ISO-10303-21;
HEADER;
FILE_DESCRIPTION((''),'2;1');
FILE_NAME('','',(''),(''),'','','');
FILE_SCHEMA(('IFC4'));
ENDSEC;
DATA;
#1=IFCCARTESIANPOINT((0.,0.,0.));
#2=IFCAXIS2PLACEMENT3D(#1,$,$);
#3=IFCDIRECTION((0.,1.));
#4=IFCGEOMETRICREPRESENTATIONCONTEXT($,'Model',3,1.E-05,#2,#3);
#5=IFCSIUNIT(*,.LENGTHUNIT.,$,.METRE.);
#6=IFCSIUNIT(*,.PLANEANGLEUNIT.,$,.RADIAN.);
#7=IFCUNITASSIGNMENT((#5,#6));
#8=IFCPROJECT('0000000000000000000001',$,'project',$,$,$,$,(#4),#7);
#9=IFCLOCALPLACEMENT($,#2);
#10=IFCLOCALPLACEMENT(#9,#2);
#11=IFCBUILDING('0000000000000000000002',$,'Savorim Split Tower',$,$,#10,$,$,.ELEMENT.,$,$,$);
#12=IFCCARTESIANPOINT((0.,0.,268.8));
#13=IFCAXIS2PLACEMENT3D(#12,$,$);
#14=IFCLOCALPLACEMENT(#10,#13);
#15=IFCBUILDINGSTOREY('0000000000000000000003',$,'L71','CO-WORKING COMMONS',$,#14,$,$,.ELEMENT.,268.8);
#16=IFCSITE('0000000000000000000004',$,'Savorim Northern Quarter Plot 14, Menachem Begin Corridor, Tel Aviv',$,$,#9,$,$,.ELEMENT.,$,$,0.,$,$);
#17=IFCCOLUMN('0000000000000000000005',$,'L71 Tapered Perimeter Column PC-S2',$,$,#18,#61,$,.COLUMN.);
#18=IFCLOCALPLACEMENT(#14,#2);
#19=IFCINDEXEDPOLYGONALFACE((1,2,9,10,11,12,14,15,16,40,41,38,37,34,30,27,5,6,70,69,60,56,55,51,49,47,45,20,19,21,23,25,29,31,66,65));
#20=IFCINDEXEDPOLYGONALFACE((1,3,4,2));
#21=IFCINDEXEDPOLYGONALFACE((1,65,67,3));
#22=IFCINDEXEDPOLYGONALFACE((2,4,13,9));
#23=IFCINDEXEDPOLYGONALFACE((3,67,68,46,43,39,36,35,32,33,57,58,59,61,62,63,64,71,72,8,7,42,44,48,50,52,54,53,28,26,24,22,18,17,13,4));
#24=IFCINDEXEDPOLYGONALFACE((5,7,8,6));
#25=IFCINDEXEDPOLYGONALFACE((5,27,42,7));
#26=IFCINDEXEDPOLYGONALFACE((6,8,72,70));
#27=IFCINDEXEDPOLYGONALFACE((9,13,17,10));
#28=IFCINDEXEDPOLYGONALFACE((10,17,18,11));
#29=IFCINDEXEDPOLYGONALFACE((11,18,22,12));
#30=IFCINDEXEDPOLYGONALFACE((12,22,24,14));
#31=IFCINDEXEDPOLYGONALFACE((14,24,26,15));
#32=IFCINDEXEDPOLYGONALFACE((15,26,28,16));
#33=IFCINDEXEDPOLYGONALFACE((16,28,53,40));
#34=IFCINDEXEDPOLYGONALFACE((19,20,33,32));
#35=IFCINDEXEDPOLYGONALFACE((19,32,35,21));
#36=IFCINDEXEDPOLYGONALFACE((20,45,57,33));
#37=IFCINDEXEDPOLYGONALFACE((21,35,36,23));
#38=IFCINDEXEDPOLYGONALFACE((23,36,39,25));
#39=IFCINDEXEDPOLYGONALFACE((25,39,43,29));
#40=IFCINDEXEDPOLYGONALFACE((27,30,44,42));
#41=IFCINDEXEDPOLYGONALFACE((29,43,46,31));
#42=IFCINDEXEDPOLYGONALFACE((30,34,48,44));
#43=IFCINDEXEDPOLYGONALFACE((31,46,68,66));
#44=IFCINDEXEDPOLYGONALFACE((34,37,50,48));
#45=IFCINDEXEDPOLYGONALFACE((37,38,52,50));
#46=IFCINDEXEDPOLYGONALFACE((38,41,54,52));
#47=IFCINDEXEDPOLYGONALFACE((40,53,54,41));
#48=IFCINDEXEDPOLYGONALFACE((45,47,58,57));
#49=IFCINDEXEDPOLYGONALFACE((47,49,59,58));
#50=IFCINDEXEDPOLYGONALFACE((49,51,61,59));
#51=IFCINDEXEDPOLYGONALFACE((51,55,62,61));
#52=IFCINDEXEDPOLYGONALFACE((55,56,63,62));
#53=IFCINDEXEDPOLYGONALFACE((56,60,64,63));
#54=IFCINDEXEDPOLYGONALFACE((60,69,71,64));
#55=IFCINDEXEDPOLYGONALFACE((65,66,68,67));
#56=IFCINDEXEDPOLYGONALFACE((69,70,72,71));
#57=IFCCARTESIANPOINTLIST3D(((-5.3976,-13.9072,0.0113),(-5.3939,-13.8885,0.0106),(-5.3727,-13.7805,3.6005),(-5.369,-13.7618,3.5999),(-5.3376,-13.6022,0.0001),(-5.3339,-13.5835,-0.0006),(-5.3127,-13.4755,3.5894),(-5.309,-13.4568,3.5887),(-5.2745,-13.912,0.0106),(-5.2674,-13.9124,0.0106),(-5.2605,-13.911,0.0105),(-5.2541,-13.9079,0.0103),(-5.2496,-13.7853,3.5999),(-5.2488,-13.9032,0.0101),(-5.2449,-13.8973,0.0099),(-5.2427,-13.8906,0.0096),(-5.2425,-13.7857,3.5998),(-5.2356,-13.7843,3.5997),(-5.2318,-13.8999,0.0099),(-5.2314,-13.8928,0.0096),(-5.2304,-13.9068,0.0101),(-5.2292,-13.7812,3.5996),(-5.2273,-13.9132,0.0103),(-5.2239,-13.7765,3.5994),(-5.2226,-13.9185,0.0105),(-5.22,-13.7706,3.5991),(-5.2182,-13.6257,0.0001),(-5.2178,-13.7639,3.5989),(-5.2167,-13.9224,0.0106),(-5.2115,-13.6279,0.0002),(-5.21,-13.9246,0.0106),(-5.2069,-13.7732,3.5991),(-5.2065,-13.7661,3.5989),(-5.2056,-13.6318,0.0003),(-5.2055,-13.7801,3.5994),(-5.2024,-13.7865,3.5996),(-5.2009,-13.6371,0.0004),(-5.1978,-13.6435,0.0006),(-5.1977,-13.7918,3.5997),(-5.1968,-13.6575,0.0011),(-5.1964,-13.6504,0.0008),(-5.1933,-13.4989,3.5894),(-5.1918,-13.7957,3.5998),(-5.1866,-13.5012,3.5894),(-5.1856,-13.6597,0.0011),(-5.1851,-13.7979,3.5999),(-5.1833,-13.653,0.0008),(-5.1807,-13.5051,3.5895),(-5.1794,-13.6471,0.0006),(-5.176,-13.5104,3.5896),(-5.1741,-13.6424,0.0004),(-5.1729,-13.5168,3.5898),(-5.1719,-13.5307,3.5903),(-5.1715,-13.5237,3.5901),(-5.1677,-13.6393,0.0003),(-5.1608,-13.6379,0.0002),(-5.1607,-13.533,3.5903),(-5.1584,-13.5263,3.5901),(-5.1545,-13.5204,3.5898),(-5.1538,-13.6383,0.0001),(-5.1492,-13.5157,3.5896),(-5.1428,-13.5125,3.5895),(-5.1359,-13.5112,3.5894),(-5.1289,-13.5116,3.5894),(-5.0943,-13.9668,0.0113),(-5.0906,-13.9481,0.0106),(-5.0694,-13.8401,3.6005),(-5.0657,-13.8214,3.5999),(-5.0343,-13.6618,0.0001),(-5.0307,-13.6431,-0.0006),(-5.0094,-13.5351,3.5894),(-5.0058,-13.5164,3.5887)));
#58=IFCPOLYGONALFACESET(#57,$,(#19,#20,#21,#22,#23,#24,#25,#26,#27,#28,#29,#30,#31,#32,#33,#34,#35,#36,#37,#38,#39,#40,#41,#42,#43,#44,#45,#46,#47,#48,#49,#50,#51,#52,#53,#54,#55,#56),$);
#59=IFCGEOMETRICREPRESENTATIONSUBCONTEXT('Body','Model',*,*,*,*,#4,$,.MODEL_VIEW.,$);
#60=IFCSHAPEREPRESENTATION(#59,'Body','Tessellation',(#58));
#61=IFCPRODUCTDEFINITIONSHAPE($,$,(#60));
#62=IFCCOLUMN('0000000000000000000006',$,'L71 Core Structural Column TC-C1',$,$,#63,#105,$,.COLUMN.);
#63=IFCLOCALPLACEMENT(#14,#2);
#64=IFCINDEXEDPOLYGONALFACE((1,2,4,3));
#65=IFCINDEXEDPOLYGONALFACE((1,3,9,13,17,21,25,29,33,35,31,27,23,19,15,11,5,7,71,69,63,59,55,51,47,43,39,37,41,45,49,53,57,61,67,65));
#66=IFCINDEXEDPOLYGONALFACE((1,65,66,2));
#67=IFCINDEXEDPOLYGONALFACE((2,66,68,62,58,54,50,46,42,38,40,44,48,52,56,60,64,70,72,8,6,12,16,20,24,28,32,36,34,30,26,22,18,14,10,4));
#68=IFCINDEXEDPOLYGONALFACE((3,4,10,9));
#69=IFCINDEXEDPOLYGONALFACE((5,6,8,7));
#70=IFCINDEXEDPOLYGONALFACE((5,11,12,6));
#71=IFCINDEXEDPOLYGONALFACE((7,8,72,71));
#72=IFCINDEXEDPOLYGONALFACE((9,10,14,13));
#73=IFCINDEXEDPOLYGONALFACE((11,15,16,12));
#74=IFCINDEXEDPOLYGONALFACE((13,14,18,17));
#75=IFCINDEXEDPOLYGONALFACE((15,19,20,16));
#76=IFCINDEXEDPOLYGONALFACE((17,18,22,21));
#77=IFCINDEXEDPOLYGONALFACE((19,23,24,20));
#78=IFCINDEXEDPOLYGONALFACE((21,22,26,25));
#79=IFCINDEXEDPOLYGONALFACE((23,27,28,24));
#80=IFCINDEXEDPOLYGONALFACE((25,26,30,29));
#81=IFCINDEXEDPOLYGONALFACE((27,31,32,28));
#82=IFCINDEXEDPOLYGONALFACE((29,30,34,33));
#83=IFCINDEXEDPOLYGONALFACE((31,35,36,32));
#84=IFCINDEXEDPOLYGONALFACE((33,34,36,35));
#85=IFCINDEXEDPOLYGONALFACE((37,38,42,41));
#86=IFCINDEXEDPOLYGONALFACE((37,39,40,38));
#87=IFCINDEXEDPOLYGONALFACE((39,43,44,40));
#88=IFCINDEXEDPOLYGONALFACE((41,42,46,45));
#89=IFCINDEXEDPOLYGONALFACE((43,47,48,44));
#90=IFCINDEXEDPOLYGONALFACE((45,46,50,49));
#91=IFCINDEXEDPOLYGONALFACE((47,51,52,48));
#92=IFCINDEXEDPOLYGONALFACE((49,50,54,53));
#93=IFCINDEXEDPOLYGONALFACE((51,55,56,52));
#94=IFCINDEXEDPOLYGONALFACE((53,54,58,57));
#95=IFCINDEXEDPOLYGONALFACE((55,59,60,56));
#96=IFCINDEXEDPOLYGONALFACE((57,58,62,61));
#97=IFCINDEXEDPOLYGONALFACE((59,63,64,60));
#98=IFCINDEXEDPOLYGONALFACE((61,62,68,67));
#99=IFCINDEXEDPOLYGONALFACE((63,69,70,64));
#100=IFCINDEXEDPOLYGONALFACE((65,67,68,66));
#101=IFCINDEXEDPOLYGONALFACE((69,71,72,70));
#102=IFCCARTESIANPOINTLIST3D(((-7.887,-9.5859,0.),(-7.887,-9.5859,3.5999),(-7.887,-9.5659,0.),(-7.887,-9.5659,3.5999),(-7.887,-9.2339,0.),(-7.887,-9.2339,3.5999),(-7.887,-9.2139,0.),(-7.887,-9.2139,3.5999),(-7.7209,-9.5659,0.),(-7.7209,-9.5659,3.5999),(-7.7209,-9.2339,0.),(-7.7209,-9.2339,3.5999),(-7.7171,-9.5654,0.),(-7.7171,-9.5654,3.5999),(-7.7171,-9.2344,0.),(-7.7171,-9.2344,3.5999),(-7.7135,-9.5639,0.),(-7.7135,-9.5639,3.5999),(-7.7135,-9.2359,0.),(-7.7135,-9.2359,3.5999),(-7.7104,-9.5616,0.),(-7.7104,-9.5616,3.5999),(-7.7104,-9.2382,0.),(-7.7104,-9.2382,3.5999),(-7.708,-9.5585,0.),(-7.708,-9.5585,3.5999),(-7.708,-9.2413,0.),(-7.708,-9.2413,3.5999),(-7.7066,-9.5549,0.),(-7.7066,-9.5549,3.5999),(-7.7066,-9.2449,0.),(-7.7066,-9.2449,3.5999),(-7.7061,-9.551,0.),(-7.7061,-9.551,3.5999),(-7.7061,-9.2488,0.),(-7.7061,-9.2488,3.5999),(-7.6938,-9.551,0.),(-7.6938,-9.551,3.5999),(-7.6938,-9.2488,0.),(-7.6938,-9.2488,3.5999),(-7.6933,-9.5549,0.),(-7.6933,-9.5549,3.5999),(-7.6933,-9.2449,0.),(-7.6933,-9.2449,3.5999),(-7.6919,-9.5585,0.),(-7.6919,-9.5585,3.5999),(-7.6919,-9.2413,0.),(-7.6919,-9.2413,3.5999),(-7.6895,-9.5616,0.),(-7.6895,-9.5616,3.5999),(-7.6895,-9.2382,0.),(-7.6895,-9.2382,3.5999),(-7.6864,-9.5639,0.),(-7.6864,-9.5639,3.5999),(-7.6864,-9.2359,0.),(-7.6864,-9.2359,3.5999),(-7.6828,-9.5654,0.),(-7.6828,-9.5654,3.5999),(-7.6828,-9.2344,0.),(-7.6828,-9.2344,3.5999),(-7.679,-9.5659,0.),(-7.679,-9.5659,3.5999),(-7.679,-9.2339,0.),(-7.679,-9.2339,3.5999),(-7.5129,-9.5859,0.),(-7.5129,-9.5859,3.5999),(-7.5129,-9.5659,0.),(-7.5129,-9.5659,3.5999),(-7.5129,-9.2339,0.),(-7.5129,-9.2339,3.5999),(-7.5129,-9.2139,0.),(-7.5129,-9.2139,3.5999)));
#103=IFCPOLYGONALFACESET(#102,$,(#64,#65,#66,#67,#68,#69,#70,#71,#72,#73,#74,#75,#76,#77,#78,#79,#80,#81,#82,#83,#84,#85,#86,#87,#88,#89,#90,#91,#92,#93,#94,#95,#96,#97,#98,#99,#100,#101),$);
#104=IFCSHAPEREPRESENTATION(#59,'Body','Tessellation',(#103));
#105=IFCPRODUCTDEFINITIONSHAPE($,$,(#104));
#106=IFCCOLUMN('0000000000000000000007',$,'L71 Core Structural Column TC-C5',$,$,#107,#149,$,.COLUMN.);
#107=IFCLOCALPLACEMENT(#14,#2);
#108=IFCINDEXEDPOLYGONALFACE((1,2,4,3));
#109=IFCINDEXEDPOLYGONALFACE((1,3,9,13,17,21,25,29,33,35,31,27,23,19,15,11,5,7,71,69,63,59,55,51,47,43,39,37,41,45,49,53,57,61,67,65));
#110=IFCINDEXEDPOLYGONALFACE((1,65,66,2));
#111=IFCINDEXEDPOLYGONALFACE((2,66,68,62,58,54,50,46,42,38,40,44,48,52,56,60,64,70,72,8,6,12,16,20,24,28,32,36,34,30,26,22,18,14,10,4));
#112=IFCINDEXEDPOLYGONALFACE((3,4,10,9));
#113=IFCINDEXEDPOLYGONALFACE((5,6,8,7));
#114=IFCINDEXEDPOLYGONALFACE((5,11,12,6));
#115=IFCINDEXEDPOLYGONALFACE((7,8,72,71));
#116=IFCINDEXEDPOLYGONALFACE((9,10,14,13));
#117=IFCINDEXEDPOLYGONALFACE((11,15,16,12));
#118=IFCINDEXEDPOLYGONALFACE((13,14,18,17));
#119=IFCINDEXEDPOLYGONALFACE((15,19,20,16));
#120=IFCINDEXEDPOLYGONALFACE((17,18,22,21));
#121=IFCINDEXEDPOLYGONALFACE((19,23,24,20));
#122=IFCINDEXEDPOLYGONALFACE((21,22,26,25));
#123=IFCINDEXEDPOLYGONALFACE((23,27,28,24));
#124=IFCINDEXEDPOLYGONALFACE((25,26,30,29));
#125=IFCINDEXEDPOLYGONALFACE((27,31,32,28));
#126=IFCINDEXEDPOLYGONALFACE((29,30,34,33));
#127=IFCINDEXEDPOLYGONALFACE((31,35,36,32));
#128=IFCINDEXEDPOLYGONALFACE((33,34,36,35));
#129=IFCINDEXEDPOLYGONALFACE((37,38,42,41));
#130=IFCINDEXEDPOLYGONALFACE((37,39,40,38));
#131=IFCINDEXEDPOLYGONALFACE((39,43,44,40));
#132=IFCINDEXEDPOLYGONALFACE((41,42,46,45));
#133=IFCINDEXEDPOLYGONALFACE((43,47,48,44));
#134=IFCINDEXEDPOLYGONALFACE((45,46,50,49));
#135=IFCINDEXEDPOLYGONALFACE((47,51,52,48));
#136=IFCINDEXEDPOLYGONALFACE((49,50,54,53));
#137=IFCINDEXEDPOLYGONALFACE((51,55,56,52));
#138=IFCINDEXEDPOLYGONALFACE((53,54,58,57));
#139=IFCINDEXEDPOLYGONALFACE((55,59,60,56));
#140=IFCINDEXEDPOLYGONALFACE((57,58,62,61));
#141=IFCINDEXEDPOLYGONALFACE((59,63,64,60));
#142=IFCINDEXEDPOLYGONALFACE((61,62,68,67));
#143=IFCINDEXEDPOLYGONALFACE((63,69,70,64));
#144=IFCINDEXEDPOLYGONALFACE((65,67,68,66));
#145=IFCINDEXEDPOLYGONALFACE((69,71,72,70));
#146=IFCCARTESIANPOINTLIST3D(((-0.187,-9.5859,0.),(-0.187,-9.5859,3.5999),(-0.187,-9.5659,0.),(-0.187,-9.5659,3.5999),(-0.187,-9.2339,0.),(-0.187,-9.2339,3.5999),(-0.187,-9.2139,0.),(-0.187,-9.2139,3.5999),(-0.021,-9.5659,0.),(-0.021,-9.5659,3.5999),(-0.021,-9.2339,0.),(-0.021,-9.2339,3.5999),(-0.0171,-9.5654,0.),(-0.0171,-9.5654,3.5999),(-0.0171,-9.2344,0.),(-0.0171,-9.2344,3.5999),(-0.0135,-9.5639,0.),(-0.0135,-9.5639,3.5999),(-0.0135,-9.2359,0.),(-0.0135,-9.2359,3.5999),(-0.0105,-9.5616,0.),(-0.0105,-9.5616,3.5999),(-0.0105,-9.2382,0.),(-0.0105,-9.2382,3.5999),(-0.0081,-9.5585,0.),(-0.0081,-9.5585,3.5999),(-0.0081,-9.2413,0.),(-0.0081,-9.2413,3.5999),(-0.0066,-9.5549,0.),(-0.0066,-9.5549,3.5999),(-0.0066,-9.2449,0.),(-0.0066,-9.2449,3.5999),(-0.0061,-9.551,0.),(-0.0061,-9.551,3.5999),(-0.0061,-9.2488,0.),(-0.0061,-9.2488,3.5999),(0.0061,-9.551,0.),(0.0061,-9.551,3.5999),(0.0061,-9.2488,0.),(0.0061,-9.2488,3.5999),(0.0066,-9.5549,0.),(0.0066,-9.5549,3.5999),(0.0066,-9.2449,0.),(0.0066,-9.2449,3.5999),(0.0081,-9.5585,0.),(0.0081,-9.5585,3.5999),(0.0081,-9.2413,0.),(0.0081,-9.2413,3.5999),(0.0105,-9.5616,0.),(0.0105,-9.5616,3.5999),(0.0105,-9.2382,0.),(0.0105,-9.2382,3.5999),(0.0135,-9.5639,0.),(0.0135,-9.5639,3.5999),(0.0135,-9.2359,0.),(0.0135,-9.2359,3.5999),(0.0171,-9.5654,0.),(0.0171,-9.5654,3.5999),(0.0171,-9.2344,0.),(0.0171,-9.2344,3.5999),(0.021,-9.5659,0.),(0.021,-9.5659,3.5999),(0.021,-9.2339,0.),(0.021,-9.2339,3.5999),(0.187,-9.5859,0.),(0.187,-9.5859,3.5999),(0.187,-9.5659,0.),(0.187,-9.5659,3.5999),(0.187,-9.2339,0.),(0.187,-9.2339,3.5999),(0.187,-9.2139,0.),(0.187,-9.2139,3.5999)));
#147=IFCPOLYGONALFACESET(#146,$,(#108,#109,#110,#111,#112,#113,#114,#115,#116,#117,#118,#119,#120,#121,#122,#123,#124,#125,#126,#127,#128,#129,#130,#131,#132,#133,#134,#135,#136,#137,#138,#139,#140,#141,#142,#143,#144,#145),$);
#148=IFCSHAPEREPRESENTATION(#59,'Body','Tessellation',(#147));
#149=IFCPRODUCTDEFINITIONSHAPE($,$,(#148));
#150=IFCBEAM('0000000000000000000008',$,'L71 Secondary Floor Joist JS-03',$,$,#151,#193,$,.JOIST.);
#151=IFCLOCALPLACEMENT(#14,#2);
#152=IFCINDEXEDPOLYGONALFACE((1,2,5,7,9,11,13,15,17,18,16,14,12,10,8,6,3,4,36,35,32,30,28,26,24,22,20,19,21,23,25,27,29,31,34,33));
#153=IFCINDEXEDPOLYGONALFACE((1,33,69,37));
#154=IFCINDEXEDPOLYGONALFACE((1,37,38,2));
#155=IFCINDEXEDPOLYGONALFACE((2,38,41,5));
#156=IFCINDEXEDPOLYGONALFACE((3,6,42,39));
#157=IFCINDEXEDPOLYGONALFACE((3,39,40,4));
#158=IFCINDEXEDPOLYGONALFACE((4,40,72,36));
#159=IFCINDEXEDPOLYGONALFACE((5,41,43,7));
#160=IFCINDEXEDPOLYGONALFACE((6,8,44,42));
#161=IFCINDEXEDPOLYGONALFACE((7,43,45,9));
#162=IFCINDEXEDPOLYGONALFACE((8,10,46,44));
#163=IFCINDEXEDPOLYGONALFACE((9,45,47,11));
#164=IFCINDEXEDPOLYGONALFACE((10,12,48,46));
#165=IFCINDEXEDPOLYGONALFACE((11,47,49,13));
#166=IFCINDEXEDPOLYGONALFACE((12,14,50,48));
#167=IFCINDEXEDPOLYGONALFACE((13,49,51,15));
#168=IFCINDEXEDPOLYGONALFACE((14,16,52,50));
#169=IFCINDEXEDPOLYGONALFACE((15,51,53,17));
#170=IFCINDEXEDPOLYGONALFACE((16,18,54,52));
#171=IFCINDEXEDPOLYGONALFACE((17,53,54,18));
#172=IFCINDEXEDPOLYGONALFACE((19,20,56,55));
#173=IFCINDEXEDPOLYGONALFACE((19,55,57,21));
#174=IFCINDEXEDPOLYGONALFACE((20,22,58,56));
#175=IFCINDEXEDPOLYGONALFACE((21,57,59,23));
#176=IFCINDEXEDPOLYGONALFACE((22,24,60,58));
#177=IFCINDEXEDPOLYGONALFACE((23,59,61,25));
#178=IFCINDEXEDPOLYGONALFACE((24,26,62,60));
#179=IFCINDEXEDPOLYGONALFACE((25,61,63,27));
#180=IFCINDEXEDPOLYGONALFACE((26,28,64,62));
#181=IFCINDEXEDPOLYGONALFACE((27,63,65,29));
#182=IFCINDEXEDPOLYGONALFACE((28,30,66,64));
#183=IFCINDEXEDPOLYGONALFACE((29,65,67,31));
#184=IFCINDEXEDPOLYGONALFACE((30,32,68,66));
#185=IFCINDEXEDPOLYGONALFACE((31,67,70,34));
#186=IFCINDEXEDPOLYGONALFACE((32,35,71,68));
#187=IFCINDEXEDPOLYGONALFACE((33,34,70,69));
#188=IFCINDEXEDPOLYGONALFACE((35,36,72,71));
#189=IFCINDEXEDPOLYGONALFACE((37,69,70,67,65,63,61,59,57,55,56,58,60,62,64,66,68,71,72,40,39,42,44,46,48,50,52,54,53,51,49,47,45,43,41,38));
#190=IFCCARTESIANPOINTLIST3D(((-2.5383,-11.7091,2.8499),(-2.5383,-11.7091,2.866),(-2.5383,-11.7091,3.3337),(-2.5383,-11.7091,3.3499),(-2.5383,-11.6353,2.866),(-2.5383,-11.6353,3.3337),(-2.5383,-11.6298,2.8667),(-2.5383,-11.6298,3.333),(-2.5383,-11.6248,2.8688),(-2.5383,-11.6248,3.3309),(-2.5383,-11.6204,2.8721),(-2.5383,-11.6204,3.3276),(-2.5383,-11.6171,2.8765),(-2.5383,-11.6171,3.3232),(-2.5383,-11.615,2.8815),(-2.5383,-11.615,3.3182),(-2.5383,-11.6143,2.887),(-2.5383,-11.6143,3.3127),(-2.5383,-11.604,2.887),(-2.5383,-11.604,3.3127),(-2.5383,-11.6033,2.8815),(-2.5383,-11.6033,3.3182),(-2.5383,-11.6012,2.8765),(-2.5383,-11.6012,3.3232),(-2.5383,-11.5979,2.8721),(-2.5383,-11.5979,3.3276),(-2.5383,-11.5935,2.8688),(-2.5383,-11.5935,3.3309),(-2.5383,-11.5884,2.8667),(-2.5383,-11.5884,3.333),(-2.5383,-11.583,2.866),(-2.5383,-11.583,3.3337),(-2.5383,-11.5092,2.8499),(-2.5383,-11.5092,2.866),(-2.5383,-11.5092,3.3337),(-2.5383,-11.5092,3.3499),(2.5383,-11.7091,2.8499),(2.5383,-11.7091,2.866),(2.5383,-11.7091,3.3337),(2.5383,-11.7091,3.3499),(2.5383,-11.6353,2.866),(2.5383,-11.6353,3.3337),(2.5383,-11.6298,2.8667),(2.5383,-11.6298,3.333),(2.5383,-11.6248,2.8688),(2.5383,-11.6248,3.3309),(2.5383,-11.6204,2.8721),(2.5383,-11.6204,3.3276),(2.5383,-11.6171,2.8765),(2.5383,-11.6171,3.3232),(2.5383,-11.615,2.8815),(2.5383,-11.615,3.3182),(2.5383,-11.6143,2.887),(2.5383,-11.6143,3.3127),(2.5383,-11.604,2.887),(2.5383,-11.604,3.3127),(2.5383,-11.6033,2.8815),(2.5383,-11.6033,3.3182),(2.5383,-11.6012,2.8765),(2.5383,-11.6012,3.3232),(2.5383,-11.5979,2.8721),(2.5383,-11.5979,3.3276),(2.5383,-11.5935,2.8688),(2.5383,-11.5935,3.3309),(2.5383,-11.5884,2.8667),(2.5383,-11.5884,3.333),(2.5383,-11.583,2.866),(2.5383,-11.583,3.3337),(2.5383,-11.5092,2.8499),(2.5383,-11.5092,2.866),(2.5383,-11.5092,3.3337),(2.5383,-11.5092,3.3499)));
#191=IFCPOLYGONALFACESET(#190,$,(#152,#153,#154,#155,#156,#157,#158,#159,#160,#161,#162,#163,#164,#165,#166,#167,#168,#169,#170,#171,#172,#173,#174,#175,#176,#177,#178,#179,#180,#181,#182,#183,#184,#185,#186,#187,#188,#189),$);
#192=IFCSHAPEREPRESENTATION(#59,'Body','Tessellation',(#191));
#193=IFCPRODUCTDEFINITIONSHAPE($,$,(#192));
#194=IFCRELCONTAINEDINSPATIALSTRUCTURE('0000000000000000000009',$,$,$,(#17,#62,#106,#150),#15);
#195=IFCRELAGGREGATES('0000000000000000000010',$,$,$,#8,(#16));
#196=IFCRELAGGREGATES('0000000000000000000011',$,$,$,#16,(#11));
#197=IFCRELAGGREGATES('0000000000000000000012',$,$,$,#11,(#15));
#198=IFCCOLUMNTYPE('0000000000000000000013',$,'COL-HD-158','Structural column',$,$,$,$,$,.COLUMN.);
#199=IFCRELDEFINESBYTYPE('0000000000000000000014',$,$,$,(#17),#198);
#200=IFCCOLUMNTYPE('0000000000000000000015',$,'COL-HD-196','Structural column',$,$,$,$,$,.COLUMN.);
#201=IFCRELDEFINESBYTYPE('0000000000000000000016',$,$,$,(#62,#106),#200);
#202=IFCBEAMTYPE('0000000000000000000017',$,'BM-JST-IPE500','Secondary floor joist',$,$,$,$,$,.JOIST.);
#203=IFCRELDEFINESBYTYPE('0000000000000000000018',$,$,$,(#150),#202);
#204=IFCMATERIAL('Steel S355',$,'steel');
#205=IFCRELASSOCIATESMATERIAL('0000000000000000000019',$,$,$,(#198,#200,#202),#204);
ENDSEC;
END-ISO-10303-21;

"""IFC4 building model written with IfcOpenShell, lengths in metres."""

from ifc_helpers import new_model, si_unit, direction, frame, origin, origin_2d, place, context, subcontext, project, spatial, i_section, extrude, material, material_profile, profile_set, type_object, element, save


model = new_model("IFC4")

# Units and contexts
model_context = context("Model", 3, precision=1e-05, world=origin(), true_north=direction((0.0, 1.0)))
body_context = subcontext(model_context, "Body", "Model", "MODEL_VIEW")
ifc_project = project(units=[si_unit("LENGTHUNIT", "METRE"), si_unit("PLANEANGLEUNIT", "RADIAN")], contexts=[model_context])

# Site, building, storey
site_placement = place(None, origin())
site = spatial("IfcSite", under=ifc_project, at=site_placement, Name="Savorim Northern Quarter Plot 14, Menachem Begin Corridor, Tel Aviv", CompositionType="ELEMENT", RefElevation=0.0)
building_placement = place(site_placement, origin())
building = spatial("IfcBuilding", under=site, at=building_placement, Name="Savorim Split Tower", CompositionType="ELEMENT")
storey_placement = place(building_placement, frame((0.0, 0.0, 268.8)))
storey = spatial("IfcBuildingStorey", under=building, at=storey_placement, Name="L71", Description="CO-WORKING COMMONS", CompositionType="ELEMENT", Elevation=268.8)

# Columns
ifc_material_1 = material(Name="Steel S355", Category="steel")
ifc_material_profile_1 = material_profile(ifc_material_1, i_section(OverallWidth=0.3091, OverallDepth=0.3301, WebThickness=0.0115, FlangeThickness=0.019, FilletRadius=0.0271, at=origin_2d()), Name="HD 320x158")
ifc_profile_set_1 = profile_set([ifc_material_profile_1], Name="Steel S355")
column_type_1 = type_object("IfcColumnType", Name="COL-HD-158", Description="Structural column", PredefinedType="COLUMN", material=ifc_profile_set_1)
column_placement = place(storey_placement, frame((-5.2141, -13.7751, 0.0054), z_axis=(0.006934, 0.035281, 0.999353), x_axis=(-0.98123, 0.192843, 0.0)))
element("IfcColumn", 1, at=column_placement, inside=storey, type_object=column_type_1, Name="L71 Tapered Perimeter Column PC-S2", PredefinedType="COLUMN", context=body_context, shape_type="SweptSolid", body=[
    extrude(i_section(OverallWidth=0.3091, OverallDepth=0.3301, WebThickness=0.0115, FlangeThickness=0.019, FilletRadius=0.0271, at=origin_2d()), origin(), (0.0, 0.0, 1.0), 3.5916),
])
ifc_material_profile_2 = material_profile(ifc_material_1, i_section(OverallWidth=0.374, OverallDepth=0.3721, WebThickness=0.0122, FlangeThickness=0.02, FilletRadius=0.0149, at=origin_2d()), Name="HD 360x196")
ifc_profile_set_2 = profile_set([ifc_material_profile_2], Name="Steel S355")
column_type_2 = type_object("IfcColumnType", Name="COL-HD-196", Description="Structural column", PredefinedType="COLUMN", material=ifc_profile_set_2)
for number, where, z_axis, x_axis, name in (
    (2, (-7.7, -9.3999, 0.0), (0.0, 0.0, 1.0), (1.0, 0.0, 0.0), "L71 Core Structural Column TC-C1"),
    (3, (0.0, -9.3999, 0.0), (0.0, 0.0, 1.0), (1.0, 0.0, 0.0), "L71 Core Structural Column TC-C5"),
):
    element("IfcColumn", number, at=place(storey_placement, frame(where, z_axis=z_axis, x_axis=x_axis)), inside=storey, type_object=column_type_2, Name=name, PredefinedType="COLUMN", context=body_context, shape_type="SweptSolid", body=[
        extrude(i_section(OverallWidth=0.374, OverallDepth=0.3721, WebThickness=0.0122, FlangeThickness=0.02, FilletRadius=0.0149, at=origin_2d()), origin(), (0.0, 0.0, 1.0), 3.5999),
    ])

# Beam
ifc_material_profile_3 = material_profile(ifc_material_1, i_section(OverallWidth=0.2, OverallDepth=0.5, WebThickness=0.0103, FlangeThickness=0.0161, FilletRadius=0.021, at=origin_2d()), Name="IPE 500")
ifc_profile_set_3 = profile_set([ifc_material_profile_3], Name="Steel S355")
beam_type_1 = type_object("IfcBeamType", Name="BM-JST-IPE500", Description="Secondary floor joist", PredefinedType="JOIST", material=ifc_profile_set_3)
beam_1_placement = place(storey_placement, frame((-2.5383, -11.6091, 3.0999), z_axis=(1.0, 0.0, 0.0), x_axis=(0.0, 1.0, 0.0)))
element("IfcBeam", 4, at=beam_1_placement, inside=storey, type_object=beam_type_1, Name="L71 Secondary Floor Joist JS-03", PredefinedType="JOIST", context=body_context, shape_type="SweptSolid", body=[
    extrude(i_section(OverallWidth=0.2, OverallDepth=0.5, WebThickness=0.0103, FlangeThickness=0.0161, FilletRadius=0.021, at=origin_2d()), origin(), (0.0, 0.0, 1.0), 5.0767),
])

save(model, "model.ifc")
